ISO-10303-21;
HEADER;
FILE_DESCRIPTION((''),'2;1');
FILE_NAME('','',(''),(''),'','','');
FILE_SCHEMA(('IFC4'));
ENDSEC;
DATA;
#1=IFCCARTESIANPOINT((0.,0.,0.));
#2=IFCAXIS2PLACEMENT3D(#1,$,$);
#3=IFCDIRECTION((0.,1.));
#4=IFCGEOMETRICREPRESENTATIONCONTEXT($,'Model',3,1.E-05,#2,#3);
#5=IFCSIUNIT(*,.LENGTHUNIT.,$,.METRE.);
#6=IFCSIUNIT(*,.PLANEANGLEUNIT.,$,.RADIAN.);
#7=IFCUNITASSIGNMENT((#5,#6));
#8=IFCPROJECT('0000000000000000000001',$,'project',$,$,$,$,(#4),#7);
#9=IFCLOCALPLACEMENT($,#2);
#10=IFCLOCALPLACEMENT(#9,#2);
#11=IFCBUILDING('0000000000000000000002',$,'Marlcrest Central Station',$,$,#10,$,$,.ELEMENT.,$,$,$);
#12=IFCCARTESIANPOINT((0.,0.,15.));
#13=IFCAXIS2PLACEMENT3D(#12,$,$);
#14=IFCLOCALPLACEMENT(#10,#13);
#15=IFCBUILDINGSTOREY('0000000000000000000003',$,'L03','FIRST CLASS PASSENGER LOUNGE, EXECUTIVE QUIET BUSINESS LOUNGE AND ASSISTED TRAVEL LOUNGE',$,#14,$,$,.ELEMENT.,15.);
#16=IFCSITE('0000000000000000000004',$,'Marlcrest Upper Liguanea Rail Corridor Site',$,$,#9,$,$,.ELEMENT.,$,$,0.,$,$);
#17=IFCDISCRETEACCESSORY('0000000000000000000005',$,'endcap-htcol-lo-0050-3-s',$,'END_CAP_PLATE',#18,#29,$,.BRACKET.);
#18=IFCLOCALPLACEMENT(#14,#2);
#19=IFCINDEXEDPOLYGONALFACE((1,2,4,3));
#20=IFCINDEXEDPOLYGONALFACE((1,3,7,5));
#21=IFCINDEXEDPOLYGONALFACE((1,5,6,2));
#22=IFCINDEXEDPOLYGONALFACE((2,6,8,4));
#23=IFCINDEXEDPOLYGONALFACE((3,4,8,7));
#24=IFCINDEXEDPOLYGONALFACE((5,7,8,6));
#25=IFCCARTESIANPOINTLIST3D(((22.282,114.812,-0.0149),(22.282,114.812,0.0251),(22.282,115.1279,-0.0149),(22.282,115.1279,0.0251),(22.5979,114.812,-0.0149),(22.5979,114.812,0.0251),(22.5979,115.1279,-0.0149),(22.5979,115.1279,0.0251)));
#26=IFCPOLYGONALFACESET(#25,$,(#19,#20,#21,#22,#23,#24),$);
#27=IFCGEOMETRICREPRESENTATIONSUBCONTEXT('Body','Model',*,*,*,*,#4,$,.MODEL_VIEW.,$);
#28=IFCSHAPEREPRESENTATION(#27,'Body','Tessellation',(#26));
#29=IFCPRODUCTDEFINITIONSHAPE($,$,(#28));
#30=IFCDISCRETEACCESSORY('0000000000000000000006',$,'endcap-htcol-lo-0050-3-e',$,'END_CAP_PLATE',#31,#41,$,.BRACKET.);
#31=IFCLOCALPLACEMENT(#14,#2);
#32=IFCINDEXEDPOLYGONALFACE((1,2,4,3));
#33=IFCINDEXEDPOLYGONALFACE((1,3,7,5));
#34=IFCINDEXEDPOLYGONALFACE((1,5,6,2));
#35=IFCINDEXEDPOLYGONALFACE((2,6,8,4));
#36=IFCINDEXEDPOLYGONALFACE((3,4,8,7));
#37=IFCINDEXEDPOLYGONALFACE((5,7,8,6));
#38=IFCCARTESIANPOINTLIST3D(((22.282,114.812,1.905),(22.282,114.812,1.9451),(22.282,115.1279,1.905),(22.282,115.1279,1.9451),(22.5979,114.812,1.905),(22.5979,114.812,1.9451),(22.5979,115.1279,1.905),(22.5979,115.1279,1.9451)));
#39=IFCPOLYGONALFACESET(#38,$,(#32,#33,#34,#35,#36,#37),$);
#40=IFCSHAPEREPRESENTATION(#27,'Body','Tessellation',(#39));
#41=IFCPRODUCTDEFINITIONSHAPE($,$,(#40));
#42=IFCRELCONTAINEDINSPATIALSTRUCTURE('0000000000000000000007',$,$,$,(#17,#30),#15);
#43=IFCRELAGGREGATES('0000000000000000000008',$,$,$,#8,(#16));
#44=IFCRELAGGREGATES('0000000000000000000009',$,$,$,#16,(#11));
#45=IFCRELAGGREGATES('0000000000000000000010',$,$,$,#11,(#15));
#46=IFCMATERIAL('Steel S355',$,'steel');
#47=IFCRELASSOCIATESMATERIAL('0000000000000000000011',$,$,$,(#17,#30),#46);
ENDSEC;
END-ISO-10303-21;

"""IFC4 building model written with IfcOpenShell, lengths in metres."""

from ifc_helpers import new_model, si_unit, direction, frame, origin, origin_2d, place, context, subcontext, project, spatial, rectangle, extrude, material, element, save


model = new_model("IFC4")

# Units and contexts
model_context = context("Model", 3, precision=1e-05, world=origin(), true_north=direction((0.0, 1.0)))
body_context = subcontext(model_context, "Body", "Model", "MODEL_VIEW")
ifc_project = project(units=[si_unit("LENGTHUNIT", "METRE"), si_unit("PLANEANGLEUNIT", "RADIAN")], contexts=[model_context])

# Site, building, storey
site_placement = place(None, origin())
site = spatial("IfcSite", under=ifc_project, at=site_placement, Name="Marlcrest Upper Liguanea Rail Corridor Site", CompositionType="ELEMENT", RefElevation=0.0)
building_placement = place(site_placement, origin())
building = spatial("IfcBuilding", under=site, at=building_placement, Name="Marlcrest Central Station", CompositionType="ELEMENT")
storey_placement = place(building_placement, frame((0.0, 0.0, 15.0)))
storey = spatial("IfcBuildingStorey", under=building, at=storey_placement, Name="L03", Description="FIRST CLASS PASSENGER LOUNGE, EXECUTIVE QUIET BUSINESS LOUNGE AND ASSISTED TRAVEL LOUNGE", CompositionType="ELEMENT", Elevation=15.0)

# Shared definitions
ifc_material_1 = material(Name="Steel S355", Category="steel")

# Discrete accessories
for number, where, z_axis, x_axis, name in (
    (1, (22.4399, 114.97, -0.0149), (0.0, 0.0, 1.0), (1.0, 0.0, 0.0), "endcap-htcol-lo-0050-3-s"),
    (2, (22.4399, 114.97, 1.905), (0.0, 0.0, 1.0), (1.0, 0.0, 0.0), "endcap-htcol-lo-0050-3-e"),
):
    element("IfcDiscreteAccessory", number, at=place(storey_placement, frame(where, z_axis=z_axis, x_axis=x_axis)), inside=storey, material=ifc_material_1, Name=name, ObjectType="END_CAP_PLATE", PredefinedType="BRACKET", context=body_context, shape_type="SweptSolid", body=[
        extrude(rectangle(XDim=0.3159, YDim=0.3159, at=origin_2d()), origin(), (0.0, 0.0, 1.0), 0.04),
    ])

save(model, "model.ifc")
